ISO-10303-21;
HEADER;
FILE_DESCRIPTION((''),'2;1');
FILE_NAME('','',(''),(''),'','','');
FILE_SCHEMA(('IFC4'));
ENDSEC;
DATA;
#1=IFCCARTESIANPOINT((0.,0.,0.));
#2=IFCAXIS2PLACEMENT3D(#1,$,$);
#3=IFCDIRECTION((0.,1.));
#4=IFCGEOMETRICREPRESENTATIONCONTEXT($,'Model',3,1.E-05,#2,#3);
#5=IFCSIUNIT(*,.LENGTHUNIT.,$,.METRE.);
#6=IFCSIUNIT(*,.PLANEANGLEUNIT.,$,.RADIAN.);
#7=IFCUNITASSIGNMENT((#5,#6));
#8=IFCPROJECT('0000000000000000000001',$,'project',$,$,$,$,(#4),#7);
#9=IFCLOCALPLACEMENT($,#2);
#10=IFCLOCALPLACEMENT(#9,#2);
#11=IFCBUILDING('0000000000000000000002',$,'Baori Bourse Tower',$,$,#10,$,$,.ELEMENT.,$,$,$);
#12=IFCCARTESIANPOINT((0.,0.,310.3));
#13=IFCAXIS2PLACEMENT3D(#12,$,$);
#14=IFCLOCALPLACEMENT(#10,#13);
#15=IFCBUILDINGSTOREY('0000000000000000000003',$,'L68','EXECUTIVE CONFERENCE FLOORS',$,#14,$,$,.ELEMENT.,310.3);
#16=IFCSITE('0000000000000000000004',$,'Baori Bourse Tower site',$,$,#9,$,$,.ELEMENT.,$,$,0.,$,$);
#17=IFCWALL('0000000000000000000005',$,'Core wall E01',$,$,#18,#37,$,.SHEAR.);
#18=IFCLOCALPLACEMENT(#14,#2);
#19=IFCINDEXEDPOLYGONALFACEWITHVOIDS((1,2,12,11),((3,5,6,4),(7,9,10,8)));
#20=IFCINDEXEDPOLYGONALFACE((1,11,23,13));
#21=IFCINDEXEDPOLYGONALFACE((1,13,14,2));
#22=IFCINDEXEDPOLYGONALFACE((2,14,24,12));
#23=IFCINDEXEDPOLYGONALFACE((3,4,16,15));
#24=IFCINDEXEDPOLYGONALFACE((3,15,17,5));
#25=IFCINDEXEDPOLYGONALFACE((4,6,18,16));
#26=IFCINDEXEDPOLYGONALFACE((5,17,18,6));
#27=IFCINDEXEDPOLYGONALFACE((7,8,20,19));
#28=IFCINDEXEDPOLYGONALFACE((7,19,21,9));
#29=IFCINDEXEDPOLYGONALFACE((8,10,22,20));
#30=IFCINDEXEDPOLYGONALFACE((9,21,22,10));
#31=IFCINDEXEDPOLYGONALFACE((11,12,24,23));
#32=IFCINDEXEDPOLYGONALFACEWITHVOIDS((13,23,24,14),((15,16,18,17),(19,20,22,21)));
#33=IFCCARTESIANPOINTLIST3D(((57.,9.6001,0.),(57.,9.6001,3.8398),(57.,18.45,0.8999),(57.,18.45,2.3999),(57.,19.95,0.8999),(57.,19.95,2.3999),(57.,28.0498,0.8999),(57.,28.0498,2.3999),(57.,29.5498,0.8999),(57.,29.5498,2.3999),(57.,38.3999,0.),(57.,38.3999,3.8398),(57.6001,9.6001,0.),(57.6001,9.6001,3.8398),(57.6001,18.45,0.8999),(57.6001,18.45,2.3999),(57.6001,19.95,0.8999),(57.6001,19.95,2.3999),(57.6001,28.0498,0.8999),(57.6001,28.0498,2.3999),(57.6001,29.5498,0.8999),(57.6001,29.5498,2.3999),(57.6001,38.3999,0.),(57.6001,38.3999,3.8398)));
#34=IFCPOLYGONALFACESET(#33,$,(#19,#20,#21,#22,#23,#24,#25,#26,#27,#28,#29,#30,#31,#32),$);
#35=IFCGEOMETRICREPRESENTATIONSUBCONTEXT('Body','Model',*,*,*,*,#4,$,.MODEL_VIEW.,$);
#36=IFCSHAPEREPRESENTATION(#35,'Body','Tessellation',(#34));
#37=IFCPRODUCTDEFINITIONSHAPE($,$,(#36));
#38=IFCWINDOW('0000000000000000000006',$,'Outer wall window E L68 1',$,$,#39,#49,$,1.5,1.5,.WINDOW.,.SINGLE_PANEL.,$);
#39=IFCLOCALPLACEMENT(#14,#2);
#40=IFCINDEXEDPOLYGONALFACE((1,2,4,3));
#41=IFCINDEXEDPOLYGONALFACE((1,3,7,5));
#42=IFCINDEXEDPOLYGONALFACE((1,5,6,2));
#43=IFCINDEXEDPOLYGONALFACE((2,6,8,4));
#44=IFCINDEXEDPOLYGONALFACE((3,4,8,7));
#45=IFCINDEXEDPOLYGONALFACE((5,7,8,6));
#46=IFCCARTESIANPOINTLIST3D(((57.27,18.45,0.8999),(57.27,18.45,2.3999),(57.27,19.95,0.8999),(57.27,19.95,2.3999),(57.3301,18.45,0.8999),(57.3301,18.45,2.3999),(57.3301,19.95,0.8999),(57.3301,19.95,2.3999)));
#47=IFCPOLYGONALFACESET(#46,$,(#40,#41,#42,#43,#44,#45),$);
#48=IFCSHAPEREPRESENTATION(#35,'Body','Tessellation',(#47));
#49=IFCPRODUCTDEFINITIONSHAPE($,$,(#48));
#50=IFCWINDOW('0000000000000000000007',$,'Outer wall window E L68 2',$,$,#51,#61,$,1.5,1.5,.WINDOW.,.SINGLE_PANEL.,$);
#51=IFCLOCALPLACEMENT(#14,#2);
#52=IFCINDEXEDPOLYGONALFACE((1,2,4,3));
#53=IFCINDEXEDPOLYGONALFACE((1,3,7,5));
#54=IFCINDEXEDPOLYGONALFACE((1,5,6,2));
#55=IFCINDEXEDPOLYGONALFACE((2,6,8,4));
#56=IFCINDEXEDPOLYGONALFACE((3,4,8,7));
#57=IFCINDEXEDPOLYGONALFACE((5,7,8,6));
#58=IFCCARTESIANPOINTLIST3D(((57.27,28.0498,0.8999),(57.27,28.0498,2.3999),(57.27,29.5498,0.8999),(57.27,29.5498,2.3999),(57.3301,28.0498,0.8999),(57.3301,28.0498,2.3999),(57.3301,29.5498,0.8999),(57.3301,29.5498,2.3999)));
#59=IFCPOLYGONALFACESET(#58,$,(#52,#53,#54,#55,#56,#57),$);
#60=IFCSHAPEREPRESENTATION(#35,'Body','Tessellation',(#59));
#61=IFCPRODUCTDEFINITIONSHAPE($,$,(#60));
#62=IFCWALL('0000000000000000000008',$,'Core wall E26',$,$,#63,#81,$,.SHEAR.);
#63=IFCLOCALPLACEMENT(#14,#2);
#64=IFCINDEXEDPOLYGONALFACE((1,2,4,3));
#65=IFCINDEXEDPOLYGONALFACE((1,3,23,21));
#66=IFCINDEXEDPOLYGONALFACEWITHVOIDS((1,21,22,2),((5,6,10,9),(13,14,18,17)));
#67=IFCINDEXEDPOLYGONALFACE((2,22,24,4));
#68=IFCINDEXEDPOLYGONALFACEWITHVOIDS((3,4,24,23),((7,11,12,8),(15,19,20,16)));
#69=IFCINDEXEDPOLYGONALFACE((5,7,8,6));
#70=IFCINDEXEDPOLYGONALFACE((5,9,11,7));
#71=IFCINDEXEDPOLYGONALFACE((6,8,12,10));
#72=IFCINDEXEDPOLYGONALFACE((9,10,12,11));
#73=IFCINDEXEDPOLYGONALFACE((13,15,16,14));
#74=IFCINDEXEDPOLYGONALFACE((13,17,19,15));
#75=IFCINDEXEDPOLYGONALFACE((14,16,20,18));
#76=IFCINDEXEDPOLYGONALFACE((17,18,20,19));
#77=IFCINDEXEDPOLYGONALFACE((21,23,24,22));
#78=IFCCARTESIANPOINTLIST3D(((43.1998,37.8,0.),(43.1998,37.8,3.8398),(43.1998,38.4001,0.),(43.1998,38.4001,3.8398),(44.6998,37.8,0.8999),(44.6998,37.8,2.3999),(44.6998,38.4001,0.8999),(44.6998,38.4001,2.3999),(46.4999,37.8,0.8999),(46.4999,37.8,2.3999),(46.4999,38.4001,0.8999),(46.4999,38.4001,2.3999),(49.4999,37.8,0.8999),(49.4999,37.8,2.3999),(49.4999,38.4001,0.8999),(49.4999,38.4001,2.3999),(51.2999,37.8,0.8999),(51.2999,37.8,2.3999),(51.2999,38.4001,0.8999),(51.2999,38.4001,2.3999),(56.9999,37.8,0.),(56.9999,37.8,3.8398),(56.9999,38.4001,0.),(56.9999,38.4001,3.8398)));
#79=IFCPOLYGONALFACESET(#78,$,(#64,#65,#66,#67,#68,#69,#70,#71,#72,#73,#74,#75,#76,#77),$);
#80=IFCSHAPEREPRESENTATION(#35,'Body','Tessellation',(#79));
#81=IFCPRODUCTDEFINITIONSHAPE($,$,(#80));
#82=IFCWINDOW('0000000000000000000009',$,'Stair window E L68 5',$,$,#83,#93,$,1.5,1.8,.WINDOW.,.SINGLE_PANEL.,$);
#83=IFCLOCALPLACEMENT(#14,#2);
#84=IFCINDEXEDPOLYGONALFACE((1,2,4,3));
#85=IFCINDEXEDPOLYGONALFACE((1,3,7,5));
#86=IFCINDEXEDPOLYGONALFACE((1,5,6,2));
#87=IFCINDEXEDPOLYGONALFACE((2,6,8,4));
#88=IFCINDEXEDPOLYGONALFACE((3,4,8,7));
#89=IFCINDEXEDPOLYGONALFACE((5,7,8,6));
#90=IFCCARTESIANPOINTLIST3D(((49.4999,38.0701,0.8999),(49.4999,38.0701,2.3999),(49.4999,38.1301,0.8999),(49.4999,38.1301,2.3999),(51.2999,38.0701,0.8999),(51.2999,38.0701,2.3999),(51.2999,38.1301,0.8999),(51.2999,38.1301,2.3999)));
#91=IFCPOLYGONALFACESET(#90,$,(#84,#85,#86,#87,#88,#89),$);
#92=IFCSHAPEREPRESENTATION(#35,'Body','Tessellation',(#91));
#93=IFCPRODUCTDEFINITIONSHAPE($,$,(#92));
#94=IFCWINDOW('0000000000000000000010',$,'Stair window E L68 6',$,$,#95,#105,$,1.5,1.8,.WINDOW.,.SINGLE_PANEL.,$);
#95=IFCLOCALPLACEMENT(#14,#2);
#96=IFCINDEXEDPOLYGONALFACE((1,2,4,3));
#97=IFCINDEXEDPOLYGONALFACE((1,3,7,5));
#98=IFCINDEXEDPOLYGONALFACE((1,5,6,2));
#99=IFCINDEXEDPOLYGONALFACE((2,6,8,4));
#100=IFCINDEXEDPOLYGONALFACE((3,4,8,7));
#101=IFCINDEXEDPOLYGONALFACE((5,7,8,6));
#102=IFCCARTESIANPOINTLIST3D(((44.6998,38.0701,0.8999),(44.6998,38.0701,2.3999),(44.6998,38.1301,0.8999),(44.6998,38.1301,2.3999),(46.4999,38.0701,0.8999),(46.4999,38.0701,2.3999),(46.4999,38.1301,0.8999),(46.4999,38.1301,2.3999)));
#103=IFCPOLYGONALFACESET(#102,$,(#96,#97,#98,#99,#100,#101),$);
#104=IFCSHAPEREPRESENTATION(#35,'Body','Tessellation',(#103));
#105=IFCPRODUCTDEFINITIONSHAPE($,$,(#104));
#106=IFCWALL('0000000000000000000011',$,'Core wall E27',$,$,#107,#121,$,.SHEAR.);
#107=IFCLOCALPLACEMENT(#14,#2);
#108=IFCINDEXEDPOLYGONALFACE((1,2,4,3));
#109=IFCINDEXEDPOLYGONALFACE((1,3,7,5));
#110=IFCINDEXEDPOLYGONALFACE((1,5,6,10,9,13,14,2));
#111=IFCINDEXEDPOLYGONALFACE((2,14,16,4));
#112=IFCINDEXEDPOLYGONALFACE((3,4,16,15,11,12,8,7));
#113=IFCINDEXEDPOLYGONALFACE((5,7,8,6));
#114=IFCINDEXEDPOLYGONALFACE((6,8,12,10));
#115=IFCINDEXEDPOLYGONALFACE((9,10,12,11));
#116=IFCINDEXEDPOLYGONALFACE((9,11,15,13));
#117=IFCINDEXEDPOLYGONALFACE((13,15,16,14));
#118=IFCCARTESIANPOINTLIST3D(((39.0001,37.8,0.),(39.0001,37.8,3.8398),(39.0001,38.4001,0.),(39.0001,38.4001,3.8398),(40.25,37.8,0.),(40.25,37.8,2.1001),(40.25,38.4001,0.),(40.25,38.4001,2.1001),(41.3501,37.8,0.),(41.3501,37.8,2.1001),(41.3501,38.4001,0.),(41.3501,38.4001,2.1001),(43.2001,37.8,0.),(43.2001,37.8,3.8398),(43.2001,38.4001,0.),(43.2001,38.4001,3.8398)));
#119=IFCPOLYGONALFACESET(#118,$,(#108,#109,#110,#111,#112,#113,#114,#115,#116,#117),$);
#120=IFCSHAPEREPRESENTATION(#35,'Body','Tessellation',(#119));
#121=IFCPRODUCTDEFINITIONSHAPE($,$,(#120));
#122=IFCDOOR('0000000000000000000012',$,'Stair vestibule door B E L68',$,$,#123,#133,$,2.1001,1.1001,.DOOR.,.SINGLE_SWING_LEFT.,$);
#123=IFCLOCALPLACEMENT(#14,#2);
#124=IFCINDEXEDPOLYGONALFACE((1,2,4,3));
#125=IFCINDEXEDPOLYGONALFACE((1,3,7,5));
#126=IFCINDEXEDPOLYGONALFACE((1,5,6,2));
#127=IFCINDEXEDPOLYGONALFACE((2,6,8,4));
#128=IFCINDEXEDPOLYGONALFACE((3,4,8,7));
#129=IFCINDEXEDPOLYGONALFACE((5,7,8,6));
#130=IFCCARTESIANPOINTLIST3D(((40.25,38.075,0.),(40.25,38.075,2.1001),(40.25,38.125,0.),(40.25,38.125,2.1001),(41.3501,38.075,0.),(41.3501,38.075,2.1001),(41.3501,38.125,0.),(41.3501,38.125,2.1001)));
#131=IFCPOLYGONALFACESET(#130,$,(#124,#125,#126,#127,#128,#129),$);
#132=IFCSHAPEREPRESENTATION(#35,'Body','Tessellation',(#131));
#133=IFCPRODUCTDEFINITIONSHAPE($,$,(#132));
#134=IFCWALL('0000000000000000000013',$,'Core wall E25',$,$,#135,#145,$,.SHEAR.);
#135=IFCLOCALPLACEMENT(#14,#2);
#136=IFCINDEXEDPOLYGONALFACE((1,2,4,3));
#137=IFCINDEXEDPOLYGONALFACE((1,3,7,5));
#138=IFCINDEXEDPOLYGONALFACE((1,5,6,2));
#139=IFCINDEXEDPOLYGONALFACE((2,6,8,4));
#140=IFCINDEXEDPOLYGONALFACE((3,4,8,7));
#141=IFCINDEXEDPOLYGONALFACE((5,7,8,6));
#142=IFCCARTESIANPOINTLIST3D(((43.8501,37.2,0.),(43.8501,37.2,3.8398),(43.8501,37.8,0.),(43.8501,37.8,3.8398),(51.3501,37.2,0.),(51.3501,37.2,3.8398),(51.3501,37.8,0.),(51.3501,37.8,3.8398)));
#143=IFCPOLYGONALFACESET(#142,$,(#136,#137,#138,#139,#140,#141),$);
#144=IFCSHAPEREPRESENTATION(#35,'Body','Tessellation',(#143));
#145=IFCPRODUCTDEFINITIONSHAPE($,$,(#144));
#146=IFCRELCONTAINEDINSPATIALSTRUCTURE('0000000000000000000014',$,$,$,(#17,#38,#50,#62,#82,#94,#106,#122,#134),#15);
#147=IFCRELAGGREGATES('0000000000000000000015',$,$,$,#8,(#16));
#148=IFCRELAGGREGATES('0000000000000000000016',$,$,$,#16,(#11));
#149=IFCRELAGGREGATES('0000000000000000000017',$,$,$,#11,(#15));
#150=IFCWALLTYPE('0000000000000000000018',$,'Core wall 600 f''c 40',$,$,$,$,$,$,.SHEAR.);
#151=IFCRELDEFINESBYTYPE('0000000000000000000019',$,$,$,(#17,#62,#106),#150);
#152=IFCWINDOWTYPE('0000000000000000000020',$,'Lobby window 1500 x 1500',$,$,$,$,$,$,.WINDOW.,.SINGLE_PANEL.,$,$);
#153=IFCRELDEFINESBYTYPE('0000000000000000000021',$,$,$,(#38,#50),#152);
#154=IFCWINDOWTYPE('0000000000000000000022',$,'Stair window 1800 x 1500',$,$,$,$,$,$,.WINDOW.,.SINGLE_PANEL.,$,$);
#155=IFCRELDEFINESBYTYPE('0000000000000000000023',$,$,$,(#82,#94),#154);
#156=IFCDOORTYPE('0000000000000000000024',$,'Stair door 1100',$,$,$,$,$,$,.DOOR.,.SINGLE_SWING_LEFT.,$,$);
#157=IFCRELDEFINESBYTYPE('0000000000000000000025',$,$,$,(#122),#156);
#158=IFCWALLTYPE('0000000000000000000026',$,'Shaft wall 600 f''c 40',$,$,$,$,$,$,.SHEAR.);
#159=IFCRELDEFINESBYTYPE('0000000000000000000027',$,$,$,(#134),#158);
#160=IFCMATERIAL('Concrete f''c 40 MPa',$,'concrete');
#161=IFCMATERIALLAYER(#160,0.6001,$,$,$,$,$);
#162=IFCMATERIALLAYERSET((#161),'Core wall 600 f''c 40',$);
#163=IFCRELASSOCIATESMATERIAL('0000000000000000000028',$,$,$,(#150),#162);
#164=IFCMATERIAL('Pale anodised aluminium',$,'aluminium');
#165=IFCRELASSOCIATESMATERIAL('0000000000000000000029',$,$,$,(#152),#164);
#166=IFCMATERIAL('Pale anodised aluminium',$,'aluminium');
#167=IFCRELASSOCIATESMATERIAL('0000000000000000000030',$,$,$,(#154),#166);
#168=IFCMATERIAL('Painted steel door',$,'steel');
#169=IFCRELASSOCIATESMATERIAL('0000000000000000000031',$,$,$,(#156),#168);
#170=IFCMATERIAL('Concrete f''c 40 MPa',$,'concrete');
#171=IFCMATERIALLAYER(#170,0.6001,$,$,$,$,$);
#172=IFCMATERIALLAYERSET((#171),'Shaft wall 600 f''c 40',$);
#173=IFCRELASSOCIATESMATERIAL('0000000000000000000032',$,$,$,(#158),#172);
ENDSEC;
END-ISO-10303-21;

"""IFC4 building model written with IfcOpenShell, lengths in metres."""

from ifc_helpers import new_model, si_unit, direction, frame, frame_2d, origin, place, context, subcontext, project, spatial, rectangle, extrude, material, layer, layer_set, type_object, element, fill, save


model = new_model("IFC4")

# Units and contexts
model_context = context("Model", 3, precision=1e-05, world=origin(), true_north=direction((0.0, 1.0)))
body_context = subcontext(model_context, "Body", "Model", "MODEL_VIEW")
ifc_project = project(units=[si_unit("LENGTHUNIT", "METRE"), si_unit("PLANEANGLEUNIT", "RADIAN")], contexts=[model_context])

# Site, building, storey
site_placement = place(None, origin())
site = spatial("IfcSite", under=ifc_project, at=site_placement, Name="Baori Bourse Tower site", CompositionType="ELEMENT", RefElevation=0.0)
building_placement = place(site_placement, origin())
building = spatial("IfcBuilding", under=site, at=building_placement, Name="Baori Bourse Tower", CompositionType="ELEMENT")
storey_placement = place(building_placement, frame((0.0, 0.0, 310.3)))
storey = spatial("IfcBuildingStorey", under=building, at=storey_placement, Name="L68", Description="EXECUTIVE CONFERENCE FLOORS", CompositionType="ELEMENT", Elevation=310.3)

# Walls, openings, windows
ifc_material_1 = material(Name="Concrete f'c 40 MPa", Category="concrete")
ifc_layer_1 = layer(ifc_material_1, 0.6001)
ifc_layer_set_1 = layer_set([ifc_layer_1], Name="Core wall 600 f'c 40")
wall_type_1 = type_object("IfcWallType", Name="Core wall 600 f'c 40", PredefinedType="SHEAR", material=ifc_layer_set_1)
wall_1_placement = place(storey_placement, frame((57.3, 38.3999, 0.0), z_axis=(0.0, 0.0, 1.0), x_axis=(0.0, -1.0, 0.0)))
wall_1 = element("IfcWall", 1, at=wall_1_placement, inside=storey, type_object=wall_type_1, Name="Core wall E01", PredefinedType="SHEAR", context=body_context, shape_type="SweptSolid", body=[
    extrude(rectangle(XDim=28.7998, YDim=0.6001, at=frame_2d((14.3999, 0.0))), origin(), (0.0, 0.0, 1.0), 3.8398),
])
opening_1_placement = place(wall_1_placement, frame((18.45, 0.0, 0.8999)))
opening_1 = element("IfcOpeningElement", 2, at=opening_1_placement, cuts=wall_1, PredefinedType="OPENING", context=body_context, shape_type="SweptSolid", body=[
    extrude(rectangle(XDim=1.5, YDim=1.5, at=frame_2d((0.75, 0.75))), frame((0.0, 0.3101, 0.0), z_axis=(0.0, -1.0, 0.0), x_axis=(1.0, 0.0, 0.0)), (0.0, 0.0, 1.0), 0.6201),
])
opening_2_placement = place(wall_1_placement, frame((8.8501, 0.0, 0.8999)))
opening_2 = element("IfcOpeningElement", 3, at=opening_2_placement, cuts=wall_1, PredefinedType="OPENING", context=body_context, shape_type="SweptSolid", body=[
    extrude(rectangle(XDim=1.5, YDim=1.5, at=frame_2d((0.75, 0.75))), frame((0.0, 0.3101, 0.0), z_axis=(0.0, -1.0, 0.0), x_axis=(1.0, 0.0, 0.0)), (0.0, 0.0, 1.0), 0.6201),
])
ifc_material_2 = material(Name="Pale anodised aluminium", Category="aluminium")
window_type_1 = type_object("IfcWindowType", Name="Lobby window 1500 x 1500", PartitioningType="SINGLE_PANEL", PredefinedType="WINDOW", material=ifc_material_2)
window_1_placement = place(opening_1_placement, origin())
window_1 = element("IfcWindow", 4, at=window_1_placement, inside=storey, type_object=window_type_1, Name="Outer wall window E L68 1", OverallHeight=1.5, OverallWidth=1.5, PartitioningType="SINGLE_PANEL", PredefinedType="WINDOW", context=body_context, shape_type="SweptSolid", body=[
    extrude(rectangle(XDim=1.5, YDim=1.5, at=frame_2d((0.75, 0.75))), frame((0.0, 0.03, 0.0), z_axis=(0.0, -1.0, 0.0), x_axis=(1.0, 0.0, 0.0)), (0.0, 0.0, 1.0), 0.0601),
])
fill(opening_1, window_1)
window_2_placement = place(opening_2_placement, origin())
window_2 = element("IfcWindow", 5, at=window_2_placement, inside=storey, type_object=window_type_1, Name="Outer wall window E L68 2", OverallHeight=1.5, OverallWidth=1.5, PartitioningType="SINGLE_PANEL", PredefinedType="WINDOW", context=body_context, shape_type="SweptSolid", body=[
    extrude(rectangle(XDim=1.5, YDim=1.5, at=frame_2d((0.75, 0.75))), frame((0.0, 0.03, 0.0), z_axis=(0.0, -1.0, 0.0), x_axis=(1.0, 0.0, 0.0)), (0.0, 0.0, 1.0), 0.0601),
])
fill(opening_2, window_2)
wall_2_placement = place(storey_placement, frame((43.2, 38.1001, 0.0), z_axis=(0.0, 0.0, 1.0), x_axis=(1.0, 0.0, 0.0)))
wall_2 = element("IfcWall", 6, at=wall_2_placement, inside=storey, type_object=wall_type_1, Name="Core wall E26", PredefinedType="SHEAR", context=body_context, shape_type="SweptSolid", body=[
    extrude(rectangle(XDim=13.8, YDim=0.6001, at=frame_2d((6.8999, 0.0))), origin(), (0.0, 0.0, 1.0), 3.8398),
])
opening_3_placement = place(wall_2_placement, frame((6.3, 0.0, 0.8999)))
opening_3 = element("IfcOpeningElement", 7, at=opening_3_placement, cuts=wall_2, PredefinedType="OPENING", context=body_context, shape_type="SweptSolid", body=[
    extrude(rectangle(XDim=1.8, YDim=1.5, at=frame_2d((0.8999, 0.75))), frame((0.0, 0.3101, 0.0), z_axis=(0.0, -1.0, 0.0), x_axis=(1.0, 0.0, 0.0)), (0.0, 0.0, 1.0), 0.6201),
])
opening_4_placement = place(wall_2_placement, frame((1.5, 0.0, 0.8999)))
opening_4 = element("IfcOpeningElement", 8, at=opening_4_placement, cuts=wall_2, PredefinedType="OPENING", context=body_context, shape_type="SweptSolid", body=[
    extrude(rectangle(XDim=1.8, YDim=1.5, at=frame_2d((0.8999, 0.75))), frame((0.0, 0.3101, 0.0), z_axis=(0.0, -1.0, 0.0), x_axis=(1.0, 0.0, 0.0)), (0.0, 0.0, 1.0), 0.6201),
])
ifc_material_3 = material(Name="Pale anodised aluminium", Category="aluminium")
window_type_2 = type_object("IfcWindowType", Name="Stair window 1800 x 1500", PartitioningType="SINGLE_PANEL", PredefinedType="WINDOW", material=ifc_material_3)
window_3_placement = place(opening_3_placement, origin())
window_3 = element("IfcWindow", 9, at=window_3_placement, inside=storey, type_object=window_type_2, Name="Stair window E L68 5", OverallHeight=1.5, OverallWidth=1.8, PartitioningType="SINGLE_PANEL", PredefinedType="WINDOW", context=body_context, shape_type="SweptSolid", body=[
    extrude(rectangle(XDim=1.8, YDim=1.5, at=frame_2d((0.8999, 0.75))), frame((0.0, 0.03, 0.0), z_axis=(0.0, -1.0, 0.0), x_axis=(1.0, 0.0, 0.0)), (0.0, 0.0, 1.0), 0.0601),
])
fill(opening_3, window_3)
window_4_placement = place(opening_4_placement, origin())
window_4 = element("IfcWindow", 10, at=window_4_placement, inside=storey, type_object=window_type_2, Name="Stair window E L68 6", OverallHeight=1.5, OverallWidth=1.8, PartitioningType="SINGLE_PANEL", PredefinedType="WINDOW", context=body_context, shape_type="SweptSolid", body=[
    extrude(rectangle(XDim=1.8, YDim=1.5, at=frame_2d((0.8999, 0.75))), frame((0.0, 0.03, 0.0), z_axis=(0.0, -1.0, 0.0), x_axis=(1.0, 0.0, 0.0)), (0.0, 0.0, 1.0), 0.0601),
])
fill(opening_4, window_4)

# Wall, opening, door
wall_3_placement = place(storey_placement, frame((39.0, 38.1001, 0.0), z_axis=(0.0, 0.0, 1.0), x_axis=(1.0, 0.0, 0.0)))
wall_3 = element("IfcWall", 11, at=wall_3_placement, inside=storey, type_object=wall_type_1, Name="Core wall E27", PredefinedType="SHEAR", context=body_context, shape_type="SweptSolid", body=[
    extrude(rectangle(XDim=4.2, YDim=0.6001, at=frame_2d((2.1001, 0.0))), origin(), (0.0, 0.0, 1.0), 3.8398),
])
opening_5_placement = place(wall_3_placement, frame((1.25, 0.0, 0.0)))
opening_5 = element("IfcOpeningElement", 12, at=opening_5_placement, cuts=wall_3, PredefinedType="OPENING", context=body_context, shape_type="SweptSolid", body=[
    extrude(rectangle(XDim=1.1001, YDim=2.1001, at=frame_2d((0.55, 1.05))), frame((0.0, 0.3101, 0.0), z_axis=(0.0, -1.0, 0.0), x_axis=(1.0, 0.0, 0.0)), (0.0, 0.0, 1.0), 0.6201),
])
ifc_material_4 = material(Name="Painted steel door", Category="steel")
door_type = type_object("IfcDoorType", Name="Stair door 1100", OperationType="SINGLE_SWING_LEFT", PredefinedType="DOOR", material=ifc_material_4)
door_placement = place(opening_5_placement, origin())
door = element("IfcDoor", 13, at=door_placement, inside=storey, type_object=door_type, Name="Stair vestibule door B E L68", OperationType="SINGLE_SWING_LEFT", OverallHeight=2.1001, OverallWidth=1.1001, PredefinedType="DOOR", context=body_context, shape_type="SweptSolid", body=[
    extrude(rectangle(XDim=1.1001, YDim=2.1001, at=frame_2d((0.55, 1.05))), frame((0.0, 0.0249, 0.0), z_axis=(0.0, -1.0, 0.0), x_axis=(1.0, 0.0, 0.0)), (0.0, 0.0, 1.0), 0.05),
])
fill(opening_5, door)

# Wall
ifc_material_5 = material(Name="Concrete f'c 40 MPa", Category="concrete")
ifc_layer_2 = layer(ifc_material_5, 0.6001)
ifc_layer_set_2 = layer_set([ifc_layer_2], Name="Shaft wall 600 f'c 40")
wall_type_2 = type_object("IfcWallType", Name="Shaft wall 600 f'c 40", PredefinedType="SHEAR", material=ifc_layer_set_2)
wall_4_placement = place(storey_placement, frame((43.8501, 37.5, 0.0), z_axis=(0.0, 0.0, 1.0), x_axis=(1.0, 0.0, 0.0)))
element("IfcWall", 14, at=wall_4_placement, inside=storey, type_object=wall_type_2, Name="Core wall E25", PredefinedType="SHEAR", context=body_context, shape_type="SweptSolid", body=[
    extrude(rectangle(XDim=7.5, YDim=0.6001, at=frame_2d((3.75, 0.0))), origin(), (0.0, 0.0, 1.0), 3.8398),
])

save(model, "model.ifc")
